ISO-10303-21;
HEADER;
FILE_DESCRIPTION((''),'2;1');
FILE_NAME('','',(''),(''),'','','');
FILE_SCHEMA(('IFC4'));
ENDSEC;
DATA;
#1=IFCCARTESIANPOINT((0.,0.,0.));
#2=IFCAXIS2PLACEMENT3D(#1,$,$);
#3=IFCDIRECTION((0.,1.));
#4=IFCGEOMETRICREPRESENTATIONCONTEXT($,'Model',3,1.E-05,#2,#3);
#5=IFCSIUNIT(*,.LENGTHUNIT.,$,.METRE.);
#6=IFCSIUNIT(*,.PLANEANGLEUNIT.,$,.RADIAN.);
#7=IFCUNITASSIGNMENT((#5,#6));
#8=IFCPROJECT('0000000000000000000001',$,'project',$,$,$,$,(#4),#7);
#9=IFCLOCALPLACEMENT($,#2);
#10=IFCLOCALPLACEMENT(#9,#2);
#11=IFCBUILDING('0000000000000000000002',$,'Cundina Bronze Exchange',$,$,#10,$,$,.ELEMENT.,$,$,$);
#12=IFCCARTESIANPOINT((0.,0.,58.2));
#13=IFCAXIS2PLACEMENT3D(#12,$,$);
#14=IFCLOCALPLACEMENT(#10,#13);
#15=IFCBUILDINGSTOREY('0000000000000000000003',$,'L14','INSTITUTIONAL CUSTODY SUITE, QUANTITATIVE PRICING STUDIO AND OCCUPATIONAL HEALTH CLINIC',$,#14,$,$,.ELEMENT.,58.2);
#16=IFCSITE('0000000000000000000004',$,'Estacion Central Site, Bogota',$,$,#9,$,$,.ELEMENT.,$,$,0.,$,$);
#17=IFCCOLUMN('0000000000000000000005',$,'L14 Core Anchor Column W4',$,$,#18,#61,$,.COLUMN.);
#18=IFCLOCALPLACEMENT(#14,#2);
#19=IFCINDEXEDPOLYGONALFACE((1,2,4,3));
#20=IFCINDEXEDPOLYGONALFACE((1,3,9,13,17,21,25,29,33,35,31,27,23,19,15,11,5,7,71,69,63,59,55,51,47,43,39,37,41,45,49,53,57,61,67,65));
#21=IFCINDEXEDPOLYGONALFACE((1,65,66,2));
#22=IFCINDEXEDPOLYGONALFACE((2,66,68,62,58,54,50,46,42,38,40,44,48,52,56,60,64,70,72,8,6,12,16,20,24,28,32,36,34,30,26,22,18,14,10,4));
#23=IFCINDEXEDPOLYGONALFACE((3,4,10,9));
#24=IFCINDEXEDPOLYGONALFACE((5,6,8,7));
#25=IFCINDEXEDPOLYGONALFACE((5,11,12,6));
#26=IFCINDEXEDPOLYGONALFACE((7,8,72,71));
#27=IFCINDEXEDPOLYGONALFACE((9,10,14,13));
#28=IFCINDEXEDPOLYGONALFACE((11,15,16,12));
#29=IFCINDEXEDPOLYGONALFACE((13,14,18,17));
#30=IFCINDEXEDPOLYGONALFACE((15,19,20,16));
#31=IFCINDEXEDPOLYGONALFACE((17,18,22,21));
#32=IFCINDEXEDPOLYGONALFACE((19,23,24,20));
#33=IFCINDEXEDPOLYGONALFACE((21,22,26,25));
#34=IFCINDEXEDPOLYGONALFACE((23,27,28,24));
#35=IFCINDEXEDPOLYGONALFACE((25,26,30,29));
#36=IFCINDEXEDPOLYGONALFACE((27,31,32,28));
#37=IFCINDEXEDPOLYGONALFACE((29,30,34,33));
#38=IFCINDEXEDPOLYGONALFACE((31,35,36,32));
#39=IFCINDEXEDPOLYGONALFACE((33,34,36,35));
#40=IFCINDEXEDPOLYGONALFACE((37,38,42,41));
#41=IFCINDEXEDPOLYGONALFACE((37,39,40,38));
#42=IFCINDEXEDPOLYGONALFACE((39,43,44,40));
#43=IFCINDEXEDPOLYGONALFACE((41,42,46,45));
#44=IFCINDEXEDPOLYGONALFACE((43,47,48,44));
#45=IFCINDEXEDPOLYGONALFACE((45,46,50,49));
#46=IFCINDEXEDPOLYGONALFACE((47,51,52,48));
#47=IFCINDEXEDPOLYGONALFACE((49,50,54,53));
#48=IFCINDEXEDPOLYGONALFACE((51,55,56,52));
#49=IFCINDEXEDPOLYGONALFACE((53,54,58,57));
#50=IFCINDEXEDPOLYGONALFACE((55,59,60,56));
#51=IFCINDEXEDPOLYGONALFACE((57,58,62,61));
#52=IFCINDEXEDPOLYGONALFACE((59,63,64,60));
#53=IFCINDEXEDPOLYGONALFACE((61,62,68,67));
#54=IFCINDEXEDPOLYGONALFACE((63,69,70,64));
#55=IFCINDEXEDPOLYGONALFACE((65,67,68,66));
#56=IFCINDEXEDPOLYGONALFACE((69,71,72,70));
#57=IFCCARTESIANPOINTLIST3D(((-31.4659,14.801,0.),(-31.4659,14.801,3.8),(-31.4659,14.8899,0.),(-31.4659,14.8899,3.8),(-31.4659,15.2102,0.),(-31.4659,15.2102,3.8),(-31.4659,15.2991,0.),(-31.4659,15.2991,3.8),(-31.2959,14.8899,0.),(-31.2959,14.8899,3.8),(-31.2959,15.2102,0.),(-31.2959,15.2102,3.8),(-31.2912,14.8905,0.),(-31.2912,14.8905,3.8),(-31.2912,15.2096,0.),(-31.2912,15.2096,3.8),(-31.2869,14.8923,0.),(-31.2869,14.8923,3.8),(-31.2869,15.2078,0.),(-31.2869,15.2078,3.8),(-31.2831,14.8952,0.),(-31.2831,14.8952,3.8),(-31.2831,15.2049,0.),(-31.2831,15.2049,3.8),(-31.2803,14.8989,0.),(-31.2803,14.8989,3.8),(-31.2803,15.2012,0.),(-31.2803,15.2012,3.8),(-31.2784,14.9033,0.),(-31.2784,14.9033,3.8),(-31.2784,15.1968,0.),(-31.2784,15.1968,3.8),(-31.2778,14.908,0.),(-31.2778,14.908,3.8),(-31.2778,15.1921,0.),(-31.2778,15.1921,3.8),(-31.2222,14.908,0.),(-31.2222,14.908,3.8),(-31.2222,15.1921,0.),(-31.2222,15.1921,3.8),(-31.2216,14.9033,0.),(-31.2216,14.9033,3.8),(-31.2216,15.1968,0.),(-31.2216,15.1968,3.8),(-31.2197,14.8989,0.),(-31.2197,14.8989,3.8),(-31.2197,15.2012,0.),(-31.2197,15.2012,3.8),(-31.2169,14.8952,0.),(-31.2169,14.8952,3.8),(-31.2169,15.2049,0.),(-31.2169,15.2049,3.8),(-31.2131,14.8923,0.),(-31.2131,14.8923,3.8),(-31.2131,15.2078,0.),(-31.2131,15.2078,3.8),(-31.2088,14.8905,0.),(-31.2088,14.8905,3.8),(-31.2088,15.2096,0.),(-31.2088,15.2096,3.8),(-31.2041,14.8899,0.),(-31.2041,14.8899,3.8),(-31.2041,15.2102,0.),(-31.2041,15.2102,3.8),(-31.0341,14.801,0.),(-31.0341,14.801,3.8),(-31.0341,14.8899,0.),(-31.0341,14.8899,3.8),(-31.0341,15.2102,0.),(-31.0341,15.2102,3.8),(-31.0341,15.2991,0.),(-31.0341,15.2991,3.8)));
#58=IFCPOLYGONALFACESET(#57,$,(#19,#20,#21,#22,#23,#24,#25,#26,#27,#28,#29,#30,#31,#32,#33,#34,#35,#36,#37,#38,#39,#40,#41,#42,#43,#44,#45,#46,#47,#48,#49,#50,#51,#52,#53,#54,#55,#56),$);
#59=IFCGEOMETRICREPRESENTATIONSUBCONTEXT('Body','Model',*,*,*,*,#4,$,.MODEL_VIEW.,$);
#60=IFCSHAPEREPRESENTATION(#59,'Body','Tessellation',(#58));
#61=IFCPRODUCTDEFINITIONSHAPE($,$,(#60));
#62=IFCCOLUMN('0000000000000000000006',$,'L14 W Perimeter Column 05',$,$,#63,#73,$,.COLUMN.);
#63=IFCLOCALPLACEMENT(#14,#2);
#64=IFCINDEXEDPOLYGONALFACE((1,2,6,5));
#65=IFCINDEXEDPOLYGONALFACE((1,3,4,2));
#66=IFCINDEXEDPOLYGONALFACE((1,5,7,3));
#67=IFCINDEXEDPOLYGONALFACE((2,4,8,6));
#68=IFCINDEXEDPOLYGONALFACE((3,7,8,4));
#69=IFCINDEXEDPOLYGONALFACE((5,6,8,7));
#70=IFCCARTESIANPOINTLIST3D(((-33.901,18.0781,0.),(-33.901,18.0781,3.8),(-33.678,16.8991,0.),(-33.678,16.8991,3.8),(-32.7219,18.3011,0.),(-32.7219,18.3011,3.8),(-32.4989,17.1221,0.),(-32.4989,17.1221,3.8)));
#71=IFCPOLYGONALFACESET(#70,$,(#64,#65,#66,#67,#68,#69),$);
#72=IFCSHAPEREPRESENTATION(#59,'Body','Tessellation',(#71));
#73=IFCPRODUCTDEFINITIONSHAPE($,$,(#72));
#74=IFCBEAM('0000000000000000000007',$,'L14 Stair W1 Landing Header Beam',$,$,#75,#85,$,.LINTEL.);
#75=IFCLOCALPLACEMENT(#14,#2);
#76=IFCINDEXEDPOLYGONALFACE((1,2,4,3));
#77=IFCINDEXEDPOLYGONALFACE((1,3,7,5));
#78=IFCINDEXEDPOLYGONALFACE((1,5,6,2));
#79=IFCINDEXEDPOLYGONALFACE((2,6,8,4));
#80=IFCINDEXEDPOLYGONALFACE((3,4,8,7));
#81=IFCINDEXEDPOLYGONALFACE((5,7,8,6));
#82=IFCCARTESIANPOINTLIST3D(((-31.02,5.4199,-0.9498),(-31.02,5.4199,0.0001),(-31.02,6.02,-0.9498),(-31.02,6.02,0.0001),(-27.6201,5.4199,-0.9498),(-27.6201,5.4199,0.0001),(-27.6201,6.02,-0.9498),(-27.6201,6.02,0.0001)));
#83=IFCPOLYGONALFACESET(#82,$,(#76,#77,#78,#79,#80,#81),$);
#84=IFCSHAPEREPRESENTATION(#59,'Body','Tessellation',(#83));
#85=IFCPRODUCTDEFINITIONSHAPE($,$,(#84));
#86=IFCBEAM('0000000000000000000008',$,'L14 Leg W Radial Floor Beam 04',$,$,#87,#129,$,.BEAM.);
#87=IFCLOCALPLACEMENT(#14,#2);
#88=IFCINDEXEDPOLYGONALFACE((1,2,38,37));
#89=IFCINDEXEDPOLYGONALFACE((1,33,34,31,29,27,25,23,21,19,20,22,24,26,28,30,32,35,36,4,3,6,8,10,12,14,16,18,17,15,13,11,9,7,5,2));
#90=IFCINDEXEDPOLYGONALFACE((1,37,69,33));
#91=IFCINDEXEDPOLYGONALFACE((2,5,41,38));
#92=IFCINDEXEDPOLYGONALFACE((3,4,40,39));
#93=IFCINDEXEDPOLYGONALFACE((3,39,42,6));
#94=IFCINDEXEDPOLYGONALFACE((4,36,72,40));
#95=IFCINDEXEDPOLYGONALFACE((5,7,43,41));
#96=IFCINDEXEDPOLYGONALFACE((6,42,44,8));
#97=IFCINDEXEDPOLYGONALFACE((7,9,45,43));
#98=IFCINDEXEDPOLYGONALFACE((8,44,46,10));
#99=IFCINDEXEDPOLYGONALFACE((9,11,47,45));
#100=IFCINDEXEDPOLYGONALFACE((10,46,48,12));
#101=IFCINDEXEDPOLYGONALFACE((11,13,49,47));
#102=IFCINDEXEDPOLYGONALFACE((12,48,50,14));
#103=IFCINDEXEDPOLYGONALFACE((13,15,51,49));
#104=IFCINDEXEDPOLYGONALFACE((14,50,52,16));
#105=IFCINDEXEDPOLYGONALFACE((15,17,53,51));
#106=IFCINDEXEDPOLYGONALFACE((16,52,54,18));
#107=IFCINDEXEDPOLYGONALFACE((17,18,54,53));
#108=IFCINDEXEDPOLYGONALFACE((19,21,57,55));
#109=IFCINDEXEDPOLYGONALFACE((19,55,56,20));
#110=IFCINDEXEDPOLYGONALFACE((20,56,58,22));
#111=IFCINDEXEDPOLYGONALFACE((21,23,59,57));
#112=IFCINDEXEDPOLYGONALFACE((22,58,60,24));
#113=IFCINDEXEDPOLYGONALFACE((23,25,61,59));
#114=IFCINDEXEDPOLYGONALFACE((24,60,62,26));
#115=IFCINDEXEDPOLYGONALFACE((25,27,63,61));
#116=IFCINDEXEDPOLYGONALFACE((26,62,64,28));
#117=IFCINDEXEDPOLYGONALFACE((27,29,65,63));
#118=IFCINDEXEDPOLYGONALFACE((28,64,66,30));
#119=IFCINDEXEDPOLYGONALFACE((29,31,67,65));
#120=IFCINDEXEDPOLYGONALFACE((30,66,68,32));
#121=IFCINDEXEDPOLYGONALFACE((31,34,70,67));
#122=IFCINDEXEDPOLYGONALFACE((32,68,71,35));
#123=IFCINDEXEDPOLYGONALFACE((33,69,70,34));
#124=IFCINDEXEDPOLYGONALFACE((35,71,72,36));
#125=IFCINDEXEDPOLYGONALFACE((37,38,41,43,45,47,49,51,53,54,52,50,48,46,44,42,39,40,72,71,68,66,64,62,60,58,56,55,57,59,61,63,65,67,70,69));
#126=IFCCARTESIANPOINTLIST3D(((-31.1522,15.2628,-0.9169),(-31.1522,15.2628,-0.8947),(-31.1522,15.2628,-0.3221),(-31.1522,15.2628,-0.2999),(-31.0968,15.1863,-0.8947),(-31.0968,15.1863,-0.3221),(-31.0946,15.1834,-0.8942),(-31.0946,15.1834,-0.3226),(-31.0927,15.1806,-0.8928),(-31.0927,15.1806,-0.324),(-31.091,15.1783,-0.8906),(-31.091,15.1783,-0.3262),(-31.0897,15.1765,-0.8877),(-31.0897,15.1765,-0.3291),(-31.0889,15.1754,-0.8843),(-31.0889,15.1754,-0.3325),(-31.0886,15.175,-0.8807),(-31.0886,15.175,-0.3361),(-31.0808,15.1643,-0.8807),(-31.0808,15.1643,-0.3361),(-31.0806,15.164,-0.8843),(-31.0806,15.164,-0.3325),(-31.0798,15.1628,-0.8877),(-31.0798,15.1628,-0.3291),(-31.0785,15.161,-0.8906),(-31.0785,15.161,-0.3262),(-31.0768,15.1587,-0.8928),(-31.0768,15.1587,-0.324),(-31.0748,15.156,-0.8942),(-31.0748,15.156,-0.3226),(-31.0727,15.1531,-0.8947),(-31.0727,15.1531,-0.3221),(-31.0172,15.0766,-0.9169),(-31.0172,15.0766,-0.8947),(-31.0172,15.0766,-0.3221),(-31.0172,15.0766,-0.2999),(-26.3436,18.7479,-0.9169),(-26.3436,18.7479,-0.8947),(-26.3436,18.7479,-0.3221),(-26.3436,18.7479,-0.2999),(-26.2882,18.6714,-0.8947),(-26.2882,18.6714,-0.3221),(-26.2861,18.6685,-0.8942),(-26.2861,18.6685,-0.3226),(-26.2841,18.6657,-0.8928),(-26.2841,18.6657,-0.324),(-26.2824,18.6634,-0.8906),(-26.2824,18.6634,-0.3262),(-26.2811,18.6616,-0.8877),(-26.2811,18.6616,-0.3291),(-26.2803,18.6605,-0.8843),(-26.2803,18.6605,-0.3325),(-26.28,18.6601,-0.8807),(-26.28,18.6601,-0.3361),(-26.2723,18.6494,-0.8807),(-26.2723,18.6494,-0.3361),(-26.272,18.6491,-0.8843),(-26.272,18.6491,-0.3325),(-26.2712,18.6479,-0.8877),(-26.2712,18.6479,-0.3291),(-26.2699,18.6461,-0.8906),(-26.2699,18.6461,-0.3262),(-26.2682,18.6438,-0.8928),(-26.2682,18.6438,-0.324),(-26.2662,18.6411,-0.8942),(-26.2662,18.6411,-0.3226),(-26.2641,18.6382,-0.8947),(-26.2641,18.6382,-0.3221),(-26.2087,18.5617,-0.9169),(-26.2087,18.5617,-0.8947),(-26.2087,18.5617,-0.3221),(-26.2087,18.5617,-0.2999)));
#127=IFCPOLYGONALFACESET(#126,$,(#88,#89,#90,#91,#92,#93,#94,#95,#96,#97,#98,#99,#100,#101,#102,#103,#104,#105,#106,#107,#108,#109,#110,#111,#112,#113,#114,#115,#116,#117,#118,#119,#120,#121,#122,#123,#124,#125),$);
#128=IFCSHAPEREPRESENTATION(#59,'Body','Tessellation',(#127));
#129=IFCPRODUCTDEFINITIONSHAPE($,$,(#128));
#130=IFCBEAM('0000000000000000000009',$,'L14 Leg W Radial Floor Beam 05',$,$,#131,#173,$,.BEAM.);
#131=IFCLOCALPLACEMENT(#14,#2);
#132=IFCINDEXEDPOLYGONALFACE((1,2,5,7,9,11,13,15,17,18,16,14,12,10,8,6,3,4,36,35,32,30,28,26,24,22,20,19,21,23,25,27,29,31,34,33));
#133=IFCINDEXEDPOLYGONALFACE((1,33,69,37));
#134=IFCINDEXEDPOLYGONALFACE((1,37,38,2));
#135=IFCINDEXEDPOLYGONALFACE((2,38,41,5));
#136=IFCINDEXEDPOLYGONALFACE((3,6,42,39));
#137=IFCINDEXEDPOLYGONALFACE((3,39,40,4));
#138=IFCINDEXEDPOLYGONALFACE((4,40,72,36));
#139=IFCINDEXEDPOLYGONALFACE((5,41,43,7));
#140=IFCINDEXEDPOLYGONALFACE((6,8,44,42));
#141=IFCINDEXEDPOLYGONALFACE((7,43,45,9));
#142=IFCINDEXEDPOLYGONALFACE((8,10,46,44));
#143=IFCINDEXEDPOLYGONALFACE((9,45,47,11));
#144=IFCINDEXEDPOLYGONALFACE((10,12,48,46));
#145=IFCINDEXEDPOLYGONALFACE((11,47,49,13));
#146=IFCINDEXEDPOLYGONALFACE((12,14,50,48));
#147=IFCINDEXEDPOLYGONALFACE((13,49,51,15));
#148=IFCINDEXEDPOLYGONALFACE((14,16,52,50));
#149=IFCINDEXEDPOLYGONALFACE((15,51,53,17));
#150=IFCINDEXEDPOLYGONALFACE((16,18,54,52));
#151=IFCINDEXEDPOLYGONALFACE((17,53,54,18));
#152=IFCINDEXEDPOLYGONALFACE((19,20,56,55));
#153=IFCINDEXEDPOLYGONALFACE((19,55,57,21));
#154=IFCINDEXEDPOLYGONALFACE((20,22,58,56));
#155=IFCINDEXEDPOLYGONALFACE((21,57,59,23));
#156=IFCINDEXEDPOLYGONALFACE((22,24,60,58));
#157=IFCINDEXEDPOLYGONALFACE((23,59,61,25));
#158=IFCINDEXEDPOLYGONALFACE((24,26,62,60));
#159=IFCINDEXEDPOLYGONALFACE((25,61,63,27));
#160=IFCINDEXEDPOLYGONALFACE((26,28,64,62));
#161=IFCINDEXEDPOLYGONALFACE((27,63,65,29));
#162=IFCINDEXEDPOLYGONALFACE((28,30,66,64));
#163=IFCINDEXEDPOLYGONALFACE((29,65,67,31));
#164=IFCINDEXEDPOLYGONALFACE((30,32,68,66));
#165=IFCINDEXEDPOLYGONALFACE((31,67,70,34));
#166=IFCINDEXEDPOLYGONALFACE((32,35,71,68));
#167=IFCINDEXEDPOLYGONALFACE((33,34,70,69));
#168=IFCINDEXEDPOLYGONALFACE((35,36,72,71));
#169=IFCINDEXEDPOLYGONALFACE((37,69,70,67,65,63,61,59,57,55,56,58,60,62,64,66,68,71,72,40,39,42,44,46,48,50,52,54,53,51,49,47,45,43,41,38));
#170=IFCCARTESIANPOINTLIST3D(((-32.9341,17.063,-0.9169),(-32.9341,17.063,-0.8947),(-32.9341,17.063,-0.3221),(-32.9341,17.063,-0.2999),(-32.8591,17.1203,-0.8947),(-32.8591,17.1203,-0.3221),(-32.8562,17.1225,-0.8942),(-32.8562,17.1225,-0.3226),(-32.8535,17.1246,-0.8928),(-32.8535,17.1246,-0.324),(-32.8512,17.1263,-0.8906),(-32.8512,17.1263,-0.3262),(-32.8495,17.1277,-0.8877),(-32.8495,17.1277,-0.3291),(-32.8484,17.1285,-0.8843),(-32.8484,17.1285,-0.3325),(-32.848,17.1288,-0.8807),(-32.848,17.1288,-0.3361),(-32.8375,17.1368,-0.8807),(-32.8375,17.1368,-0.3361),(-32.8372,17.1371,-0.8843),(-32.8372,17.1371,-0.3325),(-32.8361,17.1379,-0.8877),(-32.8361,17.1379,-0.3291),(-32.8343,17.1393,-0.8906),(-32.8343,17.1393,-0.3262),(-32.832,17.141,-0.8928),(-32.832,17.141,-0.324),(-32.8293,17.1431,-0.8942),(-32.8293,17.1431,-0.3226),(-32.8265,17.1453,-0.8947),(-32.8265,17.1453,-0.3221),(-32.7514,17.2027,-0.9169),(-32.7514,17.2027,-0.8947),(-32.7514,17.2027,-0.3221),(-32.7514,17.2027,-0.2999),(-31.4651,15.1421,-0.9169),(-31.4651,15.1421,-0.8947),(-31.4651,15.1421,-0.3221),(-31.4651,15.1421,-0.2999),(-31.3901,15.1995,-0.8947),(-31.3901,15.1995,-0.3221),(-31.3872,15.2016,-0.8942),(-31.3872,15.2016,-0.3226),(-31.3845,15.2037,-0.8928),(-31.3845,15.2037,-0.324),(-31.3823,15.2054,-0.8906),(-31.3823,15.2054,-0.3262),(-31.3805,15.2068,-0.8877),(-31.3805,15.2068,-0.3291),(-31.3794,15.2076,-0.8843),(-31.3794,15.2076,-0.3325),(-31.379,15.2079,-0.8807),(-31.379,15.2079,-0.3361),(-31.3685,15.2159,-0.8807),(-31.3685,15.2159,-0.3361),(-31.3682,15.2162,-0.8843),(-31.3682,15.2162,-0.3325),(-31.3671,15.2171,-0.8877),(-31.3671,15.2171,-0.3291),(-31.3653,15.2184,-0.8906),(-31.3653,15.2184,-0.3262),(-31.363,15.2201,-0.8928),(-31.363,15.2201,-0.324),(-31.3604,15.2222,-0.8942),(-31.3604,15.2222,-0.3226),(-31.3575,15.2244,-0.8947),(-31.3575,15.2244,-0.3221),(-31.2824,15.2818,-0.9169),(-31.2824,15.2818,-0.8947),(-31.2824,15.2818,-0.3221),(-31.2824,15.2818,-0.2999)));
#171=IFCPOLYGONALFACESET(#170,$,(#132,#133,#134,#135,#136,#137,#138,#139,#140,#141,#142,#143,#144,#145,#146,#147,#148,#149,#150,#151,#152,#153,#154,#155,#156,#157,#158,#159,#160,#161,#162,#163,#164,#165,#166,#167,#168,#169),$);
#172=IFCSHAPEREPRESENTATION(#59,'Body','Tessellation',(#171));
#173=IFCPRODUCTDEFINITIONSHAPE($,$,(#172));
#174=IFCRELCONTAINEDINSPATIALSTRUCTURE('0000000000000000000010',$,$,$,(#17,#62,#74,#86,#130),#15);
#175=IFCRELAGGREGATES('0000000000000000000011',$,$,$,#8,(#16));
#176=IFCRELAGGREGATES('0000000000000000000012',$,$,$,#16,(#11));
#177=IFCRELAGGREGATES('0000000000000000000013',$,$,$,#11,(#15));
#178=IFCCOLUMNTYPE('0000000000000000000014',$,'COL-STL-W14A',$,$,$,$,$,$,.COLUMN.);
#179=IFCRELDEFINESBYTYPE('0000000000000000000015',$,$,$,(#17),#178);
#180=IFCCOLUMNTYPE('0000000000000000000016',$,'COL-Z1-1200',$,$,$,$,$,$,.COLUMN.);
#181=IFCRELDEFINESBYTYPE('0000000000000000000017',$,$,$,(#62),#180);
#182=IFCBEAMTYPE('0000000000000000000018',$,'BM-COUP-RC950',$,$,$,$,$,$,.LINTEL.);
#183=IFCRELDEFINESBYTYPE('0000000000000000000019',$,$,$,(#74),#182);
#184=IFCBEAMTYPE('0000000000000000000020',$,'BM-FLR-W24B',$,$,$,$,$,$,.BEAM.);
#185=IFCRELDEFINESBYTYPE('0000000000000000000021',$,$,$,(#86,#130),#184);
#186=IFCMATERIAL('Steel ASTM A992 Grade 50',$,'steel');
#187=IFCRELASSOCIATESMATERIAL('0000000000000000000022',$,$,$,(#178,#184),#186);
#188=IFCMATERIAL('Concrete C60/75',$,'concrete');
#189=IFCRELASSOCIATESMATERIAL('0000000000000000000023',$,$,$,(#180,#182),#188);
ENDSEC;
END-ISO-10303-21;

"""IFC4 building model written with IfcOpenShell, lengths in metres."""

from ifc_helpers import new_model, si_unit, direction, frame, origin, origin_2d, place, context, subcontext, project, spatial, rectangle, i_section, extrude, material, material_profile, profile_set, type_object, element, save


model = new_model("IFC4")

# Units and contexts
model_context = context("Model", 3, precision=1e-05, world=origin(), true_north=direction((0.0, 1.0)))
body_context = subcontext(model_context, "Body", "Model", "MODEL_VIEW")
ifc_project = project(units=[si_unit("LENGTHUNIT", "METRE"), si_unit("PLANEANGLEUNIT", "RADIAN")], contexts=[model_context])

# Site, building, storey
site_placement = place(None, origin())
site = spatial("IfcSite", under=ifc_project, at=site_placement, Name="Estacion Central Site, Bogota", CompositionType="ELEMENT", RefElevation=0.0)
building_placement = place(site_placement, origin())
building = spatial("IfcBuilding", under=site, at=building_placement, Name="Cundina Bronze Exchange", CompositionType="ELEMENT")
storey_placement = place(building_placement, frame((0.0, 0.0, 58.2)))
storey = spatial("IfcBuildingStorey", under=building, at=storey_placement, Name="L14", Description="INSTITUTIONAL CUSTODY SUITE, QUANTITATIVE PRICING STUDIO AND OCCUPATIONAL HEALTH CLINIC", CompositionType="ELEMENT", Elevation=58.2)

# Columns
ifc_material_1 = material(Name="Steel ASTM A992 Grade 50", Category="steel")
ifc_material_profile_1 = material_profile(ifc_material_1, i_section(OverallWidth=0.4319, OverallDepth=0.498, WebThickness=0.0557, FlangeThickness=0.0889, FilletRadius=0.0181, at=origin_2d()), Name="W14X500", Category="steel")
ifc_profile_set_1 = profile_set([ifc_material_profile_1], Name="Steel ASTM A992 Grade 50")
column_type_1 = type_object("IfcColumnType", Name="COL-STL-W14A", PredefinedType="COLUMN", material=ifc_profile_set_1)
column_1_placement = place(storey_placement, frame((-31.25, 15.05, 0.0), z_axis=(0.0, 0.0, 1.0), x_axis=(1.0, 0.0, 0.0)))
element("IfcColumn", 1, at=column_1_placement, inside=storey, type_object=column_type_1, Name="L14 Core Anchor Column W4", PredefinedType="COLUMN", context=body_context, shape_type="SweptSolid", body=[
    extrude(i_section(OverallWidth=0.4319, OverallDepth=0.498, WebThickness=0.0557, FlangeThickness=0.0889, FilletRadius=0.0181, at=origin_2d()), origin(), (0.0, 0.0, 1.0), 3.8),
])
ifc_material_2 = material(Name="Concrete C60/75", Category="concrete")
ifc_material_profile_2 = material_profile(ifc_material_2, rectangle(XDim=1.2, YDim=1.2, at=origin_2d()), Name="RC1200X1200", Category="concrete")
ifc_profile_set_2 = profile_set([ifc_material_profile_2], Name="Concrete C60/75")
column_type_2 = type_object("IfcColumnType", Name="COL-Z1-1200", PredefinedType="COLUMN", material=ifc_profile_set_2)
column_2_placement = place(storey_placement, frame((-33.2, 17.6001, 0.0), z_axis=(0.0, 0.0, 1.0), x_axis=(-0.98258, -0.185838, 0.0)))
element("IfcColumn", 2, at=column_2_placement, inside=storey, type_object=column_type_2, Name="L14 W Perimeter Column 05", PredefinedType="COLUMN", context=body_context, shape_type="SweptSolid", body=[
    extrude(rectangle(XDim=1.2, YDim=1.2, at=origin_2d()), origin(), (0.0, 0.0, 1.0), 3.8),
])

# Beams
ifc_material_profile_3 = material_profile(ifc_material_2, rectangle(XDim=0.6001, YDim=0.95, at=origin_2d()), Name="RC600X950", Category="concrete")
ifc_profile_set_3 = profile_set([ifc_material_profile_3], Name="Concrete C60/75")
beam_type_1 = type_object("IfcBeamType", Name="BM-COUP-RC950", PredefinedType="LINTEL", material=ifc_profile_set_3)
beam_1_placement = place(storey_placement, frame((-31.02, 5.72, -0.4749), z_axis=(1.0, 0.0, 0.0), x_axis=(0.0, 1.0, 0.0)))
element("IfcBeam", 3, at=beam_1_placement, inside=storey, type_object=beam_type_1, Name="L14 Stair W1 Landing Header Beam", PredefinedType="LINTEL", context=body_context, shape_type="SweptSolid", body=[
    extrude(rectangle(XDim=0.6001, YDim=0.95, at=origin_2d()), origin(), (0.0, 0.0, 1.0), 3.3999),
])
ifc_material_profile_4 = material_profile(ifc_material_1, i_section(OverallWidth=0.23, OverallDepth=0.6169, WebThickness=0.0132, FlangeThickness=0.0222, FilletRadius=0.0139, at=origin_2d()), Name="W24X94", Category="steel")
ifc_profile_set_4 = profile_set([ifc_material_profile_4], Name="Steel ASTM A992 Grade 50")
beam_type_2 = type_object("IfcBeamType", Name="BM-FLR-W24B", PredefinedType="BEAM", material=ifc_profile_set_4)
beam_2_placement = place(storey_placement, frame((-31.0847, 15.1697, -0.6084), z_axis=(0.8097, 0.586844, 0.0), x_axis=(-0.586844, 0.8097, 0.0)))
element("IfcBeam", 4, at=beam_2_placement, inside=storey, type_object=beam_type_2, Name="L14 Leg W Radial Floor Beam 04", PredefinedType="BEAM", context=body_context, shape_type="SweptSolid", body=[
    extrude(i_section(OverallWidth=0.23, OverallDepth=0.6169, WebThickness=0.0132, FlangeThickness=0.0222, FilletRadius=0.0139, at=origin_2d()), origin(), (0.0, 0.0, 1.0), 5.9387),
])
beam_3_placement = place(storey_placement, frame((-31.3738, 15.2119, -0.6084), z_axis=(-0.607469, 0.794344, 0.0), x_axis=(-0.794344, -0.607469, 0.0)))
element("IfcBeam", 5, at=beam_3_placement, inside=storey, type_object=beam_type_2, Name="L14 Leg W Radial Floor Beam 05", PredefinedType="BEAM", context=body_context, shape_type="SweptSolid", body=[
    extrude(i_section(OverallWidth=0.23, OverallDepth=0.6169, WebThickness=0.0132, FlangeThickness=0.0222, FilletRadius=0.0139, at=origin_2d()), origin(), (0.0, 0.0, 1.0), 2.4182),
])

save(model, "model.ifc")
